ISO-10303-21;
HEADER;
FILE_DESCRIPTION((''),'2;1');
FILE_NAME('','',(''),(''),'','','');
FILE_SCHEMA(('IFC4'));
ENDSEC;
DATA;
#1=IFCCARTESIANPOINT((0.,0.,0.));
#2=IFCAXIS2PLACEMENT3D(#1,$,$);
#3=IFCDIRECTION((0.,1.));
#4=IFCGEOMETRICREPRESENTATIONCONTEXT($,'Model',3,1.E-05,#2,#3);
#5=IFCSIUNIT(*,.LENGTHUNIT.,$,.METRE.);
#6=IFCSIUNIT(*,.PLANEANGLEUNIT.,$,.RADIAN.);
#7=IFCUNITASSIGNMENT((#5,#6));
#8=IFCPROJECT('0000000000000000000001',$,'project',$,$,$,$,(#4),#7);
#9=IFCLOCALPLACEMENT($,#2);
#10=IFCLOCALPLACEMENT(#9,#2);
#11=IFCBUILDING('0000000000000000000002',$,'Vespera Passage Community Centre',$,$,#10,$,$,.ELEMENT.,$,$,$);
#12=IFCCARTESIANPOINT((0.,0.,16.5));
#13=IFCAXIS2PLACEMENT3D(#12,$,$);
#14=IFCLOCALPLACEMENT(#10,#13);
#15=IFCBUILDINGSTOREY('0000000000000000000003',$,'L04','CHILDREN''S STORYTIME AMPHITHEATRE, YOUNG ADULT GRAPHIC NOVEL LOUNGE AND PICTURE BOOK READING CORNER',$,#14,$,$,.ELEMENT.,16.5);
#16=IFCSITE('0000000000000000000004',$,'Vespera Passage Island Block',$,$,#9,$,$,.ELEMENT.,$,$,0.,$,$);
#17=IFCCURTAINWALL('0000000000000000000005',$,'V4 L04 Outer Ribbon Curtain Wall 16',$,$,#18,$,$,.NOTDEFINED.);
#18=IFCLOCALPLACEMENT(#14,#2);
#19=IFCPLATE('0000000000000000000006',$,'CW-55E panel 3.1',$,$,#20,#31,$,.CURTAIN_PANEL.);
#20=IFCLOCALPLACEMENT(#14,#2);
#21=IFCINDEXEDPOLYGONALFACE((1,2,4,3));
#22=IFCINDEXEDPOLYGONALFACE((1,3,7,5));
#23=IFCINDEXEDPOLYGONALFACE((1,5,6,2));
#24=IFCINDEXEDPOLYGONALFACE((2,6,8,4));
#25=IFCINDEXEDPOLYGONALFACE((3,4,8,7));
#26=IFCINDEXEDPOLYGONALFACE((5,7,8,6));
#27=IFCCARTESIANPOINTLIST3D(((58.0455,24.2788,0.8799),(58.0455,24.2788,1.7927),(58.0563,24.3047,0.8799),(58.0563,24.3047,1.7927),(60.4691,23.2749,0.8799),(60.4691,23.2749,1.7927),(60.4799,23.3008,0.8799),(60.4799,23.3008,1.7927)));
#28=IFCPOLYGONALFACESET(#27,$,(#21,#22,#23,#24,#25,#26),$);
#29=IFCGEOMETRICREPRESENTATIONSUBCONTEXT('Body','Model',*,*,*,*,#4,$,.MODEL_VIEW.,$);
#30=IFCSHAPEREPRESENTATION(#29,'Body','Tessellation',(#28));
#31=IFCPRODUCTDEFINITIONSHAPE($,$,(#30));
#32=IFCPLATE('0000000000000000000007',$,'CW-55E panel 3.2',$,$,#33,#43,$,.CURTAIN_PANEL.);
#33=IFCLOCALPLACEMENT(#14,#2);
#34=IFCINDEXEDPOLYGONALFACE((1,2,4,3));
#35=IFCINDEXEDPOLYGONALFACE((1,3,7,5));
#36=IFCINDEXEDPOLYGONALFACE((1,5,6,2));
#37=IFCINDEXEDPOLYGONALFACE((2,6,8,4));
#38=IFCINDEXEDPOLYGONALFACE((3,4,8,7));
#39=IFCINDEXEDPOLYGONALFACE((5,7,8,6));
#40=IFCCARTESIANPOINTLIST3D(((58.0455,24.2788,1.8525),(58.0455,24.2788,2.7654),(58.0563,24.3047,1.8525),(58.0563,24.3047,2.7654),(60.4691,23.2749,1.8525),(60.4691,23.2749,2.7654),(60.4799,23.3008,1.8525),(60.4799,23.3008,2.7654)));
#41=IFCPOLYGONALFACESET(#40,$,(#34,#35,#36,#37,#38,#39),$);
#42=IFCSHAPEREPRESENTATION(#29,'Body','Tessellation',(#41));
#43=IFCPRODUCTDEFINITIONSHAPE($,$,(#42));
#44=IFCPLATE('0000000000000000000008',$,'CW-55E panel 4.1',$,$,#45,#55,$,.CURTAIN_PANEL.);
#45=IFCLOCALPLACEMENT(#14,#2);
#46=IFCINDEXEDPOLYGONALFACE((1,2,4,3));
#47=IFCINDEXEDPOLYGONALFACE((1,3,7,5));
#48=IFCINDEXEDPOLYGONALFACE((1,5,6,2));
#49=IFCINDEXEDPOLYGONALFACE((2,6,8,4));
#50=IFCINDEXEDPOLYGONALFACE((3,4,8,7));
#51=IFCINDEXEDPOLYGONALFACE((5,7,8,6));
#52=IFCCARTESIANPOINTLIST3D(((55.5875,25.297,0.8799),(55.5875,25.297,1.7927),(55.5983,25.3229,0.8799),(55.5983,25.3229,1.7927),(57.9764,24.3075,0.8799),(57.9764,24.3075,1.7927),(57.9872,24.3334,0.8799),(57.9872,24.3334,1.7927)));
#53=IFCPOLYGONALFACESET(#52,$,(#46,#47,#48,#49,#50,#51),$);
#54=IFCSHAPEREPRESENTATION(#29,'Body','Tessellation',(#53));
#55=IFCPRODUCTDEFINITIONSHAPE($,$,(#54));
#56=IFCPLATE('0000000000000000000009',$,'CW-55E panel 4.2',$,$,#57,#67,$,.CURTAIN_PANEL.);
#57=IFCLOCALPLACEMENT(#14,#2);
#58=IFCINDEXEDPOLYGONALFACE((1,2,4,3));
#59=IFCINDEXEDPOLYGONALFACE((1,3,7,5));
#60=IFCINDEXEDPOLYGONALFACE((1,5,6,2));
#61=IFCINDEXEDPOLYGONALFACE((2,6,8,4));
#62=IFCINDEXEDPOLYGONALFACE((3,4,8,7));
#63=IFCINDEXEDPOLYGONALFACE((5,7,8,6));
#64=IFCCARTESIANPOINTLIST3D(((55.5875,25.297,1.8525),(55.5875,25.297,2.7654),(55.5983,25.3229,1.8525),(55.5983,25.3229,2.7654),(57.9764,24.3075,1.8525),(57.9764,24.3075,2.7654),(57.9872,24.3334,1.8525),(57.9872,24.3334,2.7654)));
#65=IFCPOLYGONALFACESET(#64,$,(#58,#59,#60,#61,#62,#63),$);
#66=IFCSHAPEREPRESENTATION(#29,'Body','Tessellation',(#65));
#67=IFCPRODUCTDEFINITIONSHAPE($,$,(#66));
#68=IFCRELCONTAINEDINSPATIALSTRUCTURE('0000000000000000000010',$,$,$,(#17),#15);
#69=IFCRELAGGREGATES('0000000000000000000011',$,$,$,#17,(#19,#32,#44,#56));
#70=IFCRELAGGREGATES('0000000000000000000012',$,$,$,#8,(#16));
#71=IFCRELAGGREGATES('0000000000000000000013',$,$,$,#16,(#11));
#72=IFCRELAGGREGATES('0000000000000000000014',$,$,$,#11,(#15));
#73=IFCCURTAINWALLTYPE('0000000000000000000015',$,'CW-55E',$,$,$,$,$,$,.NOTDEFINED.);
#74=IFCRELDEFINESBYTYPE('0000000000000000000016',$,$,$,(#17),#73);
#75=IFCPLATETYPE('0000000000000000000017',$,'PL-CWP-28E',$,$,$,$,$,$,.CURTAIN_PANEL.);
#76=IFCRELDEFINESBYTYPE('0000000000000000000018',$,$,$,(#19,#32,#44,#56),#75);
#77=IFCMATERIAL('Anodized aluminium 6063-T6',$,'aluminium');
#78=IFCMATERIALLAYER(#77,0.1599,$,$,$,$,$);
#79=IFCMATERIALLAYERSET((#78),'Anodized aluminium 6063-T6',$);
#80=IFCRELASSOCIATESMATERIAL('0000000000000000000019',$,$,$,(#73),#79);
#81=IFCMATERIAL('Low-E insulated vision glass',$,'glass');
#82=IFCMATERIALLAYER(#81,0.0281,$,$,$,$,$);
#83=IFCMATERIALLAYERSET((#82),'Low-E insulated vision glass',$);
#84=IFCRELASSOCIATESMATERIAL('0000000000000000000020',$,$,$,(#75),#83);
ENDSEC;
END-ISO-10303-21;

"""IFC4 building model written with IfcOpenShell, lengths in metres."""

from ifc_helpers import new_model, si_unit, direction, frame, origin, origin_2d, place, context, subcontext, project, spatial, rectangle, extrude, material, layer, layer_set, type_object, element, aggregate, save


model = new_model("IFC4")

# Units and contexts
model_context = context("Model", 3, precision=1e-05, world=origin(), true_north=direction((0.0, 1.0)))
body_context = subcontext(model_context, "Body", "Model", "MODEL_VIEW")
ifc_project = project(units=[si_unit("LENGTHUNIT", "METRE"), si_unit("PLANEANGLEUNIT", "RADIAN")], contexts=[model_context])

# Site, building, storey
site_placement = place(None, origin())
site = spatial("IfcSite", under=ifc_project, at=site_placement, Name="Vespera Passage Island Block", CompositionType="ELEMENT", RefElevation=0.0)
building_placement = place(site_placement, origin())
building = spatial("IfcBuilding", under=site, at=building_placement, Name="Vespera Passage Community Centre", CompositionType="ELEMENT")
storey_placement = place(building_placement, frame((0.0, 0.0, 16.5)))
storey = spatial("IfcBuildingStorey", under=building, at=storey_placement, Name="L04", Description="CHILDREN'S STORYTIME AMPHITHEATRE, YOUNG ADULT GRAPHIC NOVEL LOUNGE AND PICTURE BOOK READING CORNER", CompositionType="ELEMENT", Elevation=16.5)

# Curtain wall, plates
ifc_material_1 = material(Name="Anodized aluminium 6063-T6", Category="aluminium")
ifc_layer_1 = layer(ifc_material_1, 0.1599)
ifc_layer_set_1 = layer_set([ifc_layer_1], Name="Anodized aluminium 6063-T6")
curtain_wall_type = type_object("IfcCurtainWallType", Name="CW-55E", PredefinedType="NOTDEFINED", material=ifc_layer_set_1)
curtain_wall_placement = place(storey_placement, origin())
curtain_wall = element("IfcCurtainWall", 1, at=curtain_wall_placement, inside=storey, type_object=curtain_wall_type, Name="V4 L04 Outer Ribbon Curtain Wall 16", PredefinedType="NOTDEFINED")
ifc_material_2 = material(Name="Low-E insulated vision glass", Category="glass")
ifc_layer_2 = layer(ifc_material_2, 0.0281)
ifc_layer_set_2 = layer_set([ifc_layer_2], Name="Low-E insulated vision glass")
plate_type = type_object("IfcPlateType", Name="PL-CWP-28E", PredefinedType="CURTAIN_PANEL", material=ifc_layer_set_2)
plate_1_placement = place(storey_placement, frame((59.2627, 23.7898, 0.8799), z_axis=(0.0, 0.0, 1.0), x_axis=(-0.92388, 0.382683, 0.0)))
plate_1 = element("IfcPlate", 2, at=plate_1_placement, type_object=plate_type, Name="CW-55E panel 3.1", PredefinedType="CURTAIN_PANEL", context=body_context, shape_type="SweptSolid", body=[
    extrude(rectangle(XDim=2.6233, YDim=0.0281, at=origin_2d()), origin(), (0.0, 0.0, 1.0), 0.9128),
])
plate_2_placement = place(storey_placement, frame((59.2627, 23.7898, 1.8525), z_axis=(0.0, 0.0, 1.0), x_axis=(-0.92388, 0.382683, 0.0)))
plate_2 = element("IfcPlate", 3, at=plate_2_placement, type_object=plate_type, Name="CW-55E panel 3.2", PredefinedType="CURTAIN_PANEL", context=body_context, shape_type="SweptSolid", body=[
    extrude(rectangle(XDim=2.6233, YDim=0.0281, at=origin_2d()), origin(), (0.0, 0.0, 1.0), 0.9128),
])
plate_3_placement = place(storey_placement, frame((56.7874, 24.8152, 0.8799), z_axis=(0.0, 0.0, 1.0), x_axis=(-0.92388, 0.382683, 0.0)))
plate_3 = element("IfcPlate", 4, at=plate_3_placement, type_object=plate_type, Name="CW-55E panel 4.1", PredefinedType="CURTAIN_PANEL", context=body_context, shape_type="SweptSolid", body=[
    extrude(rectangle(XDim=2.5857, YDim=0.0281, at=origin_2d()), origin(), (0.0, 0.0, 1.0), 0.9128),
])
plate_4_placement = place(storey_placement, frame((56.7874, 24.8152, 1.8525), z_axis=(0.0, 0.0, 1.0), x_axis=(-0.92388, 0.382683, 0.0)))
plate_4 = element("IfcPlate", 5, at=plate_4_placement, type_object=plate_type, Name="CW-55E panel 4.2", PredefinedType="CURTAIN_PANEL", context=body_context, shape_type="SweptSolid", body=[
    extrude(rectangle(XDim=2.5857, YDim=0.0281, at=origin_2d()), origin(), (0.0, 0.0, 1.0), 0.9128),
])
aggregate(curtain_wall, [plate_1, plate_2, plate_3, plate_4])

save(model, "model.ifc")
